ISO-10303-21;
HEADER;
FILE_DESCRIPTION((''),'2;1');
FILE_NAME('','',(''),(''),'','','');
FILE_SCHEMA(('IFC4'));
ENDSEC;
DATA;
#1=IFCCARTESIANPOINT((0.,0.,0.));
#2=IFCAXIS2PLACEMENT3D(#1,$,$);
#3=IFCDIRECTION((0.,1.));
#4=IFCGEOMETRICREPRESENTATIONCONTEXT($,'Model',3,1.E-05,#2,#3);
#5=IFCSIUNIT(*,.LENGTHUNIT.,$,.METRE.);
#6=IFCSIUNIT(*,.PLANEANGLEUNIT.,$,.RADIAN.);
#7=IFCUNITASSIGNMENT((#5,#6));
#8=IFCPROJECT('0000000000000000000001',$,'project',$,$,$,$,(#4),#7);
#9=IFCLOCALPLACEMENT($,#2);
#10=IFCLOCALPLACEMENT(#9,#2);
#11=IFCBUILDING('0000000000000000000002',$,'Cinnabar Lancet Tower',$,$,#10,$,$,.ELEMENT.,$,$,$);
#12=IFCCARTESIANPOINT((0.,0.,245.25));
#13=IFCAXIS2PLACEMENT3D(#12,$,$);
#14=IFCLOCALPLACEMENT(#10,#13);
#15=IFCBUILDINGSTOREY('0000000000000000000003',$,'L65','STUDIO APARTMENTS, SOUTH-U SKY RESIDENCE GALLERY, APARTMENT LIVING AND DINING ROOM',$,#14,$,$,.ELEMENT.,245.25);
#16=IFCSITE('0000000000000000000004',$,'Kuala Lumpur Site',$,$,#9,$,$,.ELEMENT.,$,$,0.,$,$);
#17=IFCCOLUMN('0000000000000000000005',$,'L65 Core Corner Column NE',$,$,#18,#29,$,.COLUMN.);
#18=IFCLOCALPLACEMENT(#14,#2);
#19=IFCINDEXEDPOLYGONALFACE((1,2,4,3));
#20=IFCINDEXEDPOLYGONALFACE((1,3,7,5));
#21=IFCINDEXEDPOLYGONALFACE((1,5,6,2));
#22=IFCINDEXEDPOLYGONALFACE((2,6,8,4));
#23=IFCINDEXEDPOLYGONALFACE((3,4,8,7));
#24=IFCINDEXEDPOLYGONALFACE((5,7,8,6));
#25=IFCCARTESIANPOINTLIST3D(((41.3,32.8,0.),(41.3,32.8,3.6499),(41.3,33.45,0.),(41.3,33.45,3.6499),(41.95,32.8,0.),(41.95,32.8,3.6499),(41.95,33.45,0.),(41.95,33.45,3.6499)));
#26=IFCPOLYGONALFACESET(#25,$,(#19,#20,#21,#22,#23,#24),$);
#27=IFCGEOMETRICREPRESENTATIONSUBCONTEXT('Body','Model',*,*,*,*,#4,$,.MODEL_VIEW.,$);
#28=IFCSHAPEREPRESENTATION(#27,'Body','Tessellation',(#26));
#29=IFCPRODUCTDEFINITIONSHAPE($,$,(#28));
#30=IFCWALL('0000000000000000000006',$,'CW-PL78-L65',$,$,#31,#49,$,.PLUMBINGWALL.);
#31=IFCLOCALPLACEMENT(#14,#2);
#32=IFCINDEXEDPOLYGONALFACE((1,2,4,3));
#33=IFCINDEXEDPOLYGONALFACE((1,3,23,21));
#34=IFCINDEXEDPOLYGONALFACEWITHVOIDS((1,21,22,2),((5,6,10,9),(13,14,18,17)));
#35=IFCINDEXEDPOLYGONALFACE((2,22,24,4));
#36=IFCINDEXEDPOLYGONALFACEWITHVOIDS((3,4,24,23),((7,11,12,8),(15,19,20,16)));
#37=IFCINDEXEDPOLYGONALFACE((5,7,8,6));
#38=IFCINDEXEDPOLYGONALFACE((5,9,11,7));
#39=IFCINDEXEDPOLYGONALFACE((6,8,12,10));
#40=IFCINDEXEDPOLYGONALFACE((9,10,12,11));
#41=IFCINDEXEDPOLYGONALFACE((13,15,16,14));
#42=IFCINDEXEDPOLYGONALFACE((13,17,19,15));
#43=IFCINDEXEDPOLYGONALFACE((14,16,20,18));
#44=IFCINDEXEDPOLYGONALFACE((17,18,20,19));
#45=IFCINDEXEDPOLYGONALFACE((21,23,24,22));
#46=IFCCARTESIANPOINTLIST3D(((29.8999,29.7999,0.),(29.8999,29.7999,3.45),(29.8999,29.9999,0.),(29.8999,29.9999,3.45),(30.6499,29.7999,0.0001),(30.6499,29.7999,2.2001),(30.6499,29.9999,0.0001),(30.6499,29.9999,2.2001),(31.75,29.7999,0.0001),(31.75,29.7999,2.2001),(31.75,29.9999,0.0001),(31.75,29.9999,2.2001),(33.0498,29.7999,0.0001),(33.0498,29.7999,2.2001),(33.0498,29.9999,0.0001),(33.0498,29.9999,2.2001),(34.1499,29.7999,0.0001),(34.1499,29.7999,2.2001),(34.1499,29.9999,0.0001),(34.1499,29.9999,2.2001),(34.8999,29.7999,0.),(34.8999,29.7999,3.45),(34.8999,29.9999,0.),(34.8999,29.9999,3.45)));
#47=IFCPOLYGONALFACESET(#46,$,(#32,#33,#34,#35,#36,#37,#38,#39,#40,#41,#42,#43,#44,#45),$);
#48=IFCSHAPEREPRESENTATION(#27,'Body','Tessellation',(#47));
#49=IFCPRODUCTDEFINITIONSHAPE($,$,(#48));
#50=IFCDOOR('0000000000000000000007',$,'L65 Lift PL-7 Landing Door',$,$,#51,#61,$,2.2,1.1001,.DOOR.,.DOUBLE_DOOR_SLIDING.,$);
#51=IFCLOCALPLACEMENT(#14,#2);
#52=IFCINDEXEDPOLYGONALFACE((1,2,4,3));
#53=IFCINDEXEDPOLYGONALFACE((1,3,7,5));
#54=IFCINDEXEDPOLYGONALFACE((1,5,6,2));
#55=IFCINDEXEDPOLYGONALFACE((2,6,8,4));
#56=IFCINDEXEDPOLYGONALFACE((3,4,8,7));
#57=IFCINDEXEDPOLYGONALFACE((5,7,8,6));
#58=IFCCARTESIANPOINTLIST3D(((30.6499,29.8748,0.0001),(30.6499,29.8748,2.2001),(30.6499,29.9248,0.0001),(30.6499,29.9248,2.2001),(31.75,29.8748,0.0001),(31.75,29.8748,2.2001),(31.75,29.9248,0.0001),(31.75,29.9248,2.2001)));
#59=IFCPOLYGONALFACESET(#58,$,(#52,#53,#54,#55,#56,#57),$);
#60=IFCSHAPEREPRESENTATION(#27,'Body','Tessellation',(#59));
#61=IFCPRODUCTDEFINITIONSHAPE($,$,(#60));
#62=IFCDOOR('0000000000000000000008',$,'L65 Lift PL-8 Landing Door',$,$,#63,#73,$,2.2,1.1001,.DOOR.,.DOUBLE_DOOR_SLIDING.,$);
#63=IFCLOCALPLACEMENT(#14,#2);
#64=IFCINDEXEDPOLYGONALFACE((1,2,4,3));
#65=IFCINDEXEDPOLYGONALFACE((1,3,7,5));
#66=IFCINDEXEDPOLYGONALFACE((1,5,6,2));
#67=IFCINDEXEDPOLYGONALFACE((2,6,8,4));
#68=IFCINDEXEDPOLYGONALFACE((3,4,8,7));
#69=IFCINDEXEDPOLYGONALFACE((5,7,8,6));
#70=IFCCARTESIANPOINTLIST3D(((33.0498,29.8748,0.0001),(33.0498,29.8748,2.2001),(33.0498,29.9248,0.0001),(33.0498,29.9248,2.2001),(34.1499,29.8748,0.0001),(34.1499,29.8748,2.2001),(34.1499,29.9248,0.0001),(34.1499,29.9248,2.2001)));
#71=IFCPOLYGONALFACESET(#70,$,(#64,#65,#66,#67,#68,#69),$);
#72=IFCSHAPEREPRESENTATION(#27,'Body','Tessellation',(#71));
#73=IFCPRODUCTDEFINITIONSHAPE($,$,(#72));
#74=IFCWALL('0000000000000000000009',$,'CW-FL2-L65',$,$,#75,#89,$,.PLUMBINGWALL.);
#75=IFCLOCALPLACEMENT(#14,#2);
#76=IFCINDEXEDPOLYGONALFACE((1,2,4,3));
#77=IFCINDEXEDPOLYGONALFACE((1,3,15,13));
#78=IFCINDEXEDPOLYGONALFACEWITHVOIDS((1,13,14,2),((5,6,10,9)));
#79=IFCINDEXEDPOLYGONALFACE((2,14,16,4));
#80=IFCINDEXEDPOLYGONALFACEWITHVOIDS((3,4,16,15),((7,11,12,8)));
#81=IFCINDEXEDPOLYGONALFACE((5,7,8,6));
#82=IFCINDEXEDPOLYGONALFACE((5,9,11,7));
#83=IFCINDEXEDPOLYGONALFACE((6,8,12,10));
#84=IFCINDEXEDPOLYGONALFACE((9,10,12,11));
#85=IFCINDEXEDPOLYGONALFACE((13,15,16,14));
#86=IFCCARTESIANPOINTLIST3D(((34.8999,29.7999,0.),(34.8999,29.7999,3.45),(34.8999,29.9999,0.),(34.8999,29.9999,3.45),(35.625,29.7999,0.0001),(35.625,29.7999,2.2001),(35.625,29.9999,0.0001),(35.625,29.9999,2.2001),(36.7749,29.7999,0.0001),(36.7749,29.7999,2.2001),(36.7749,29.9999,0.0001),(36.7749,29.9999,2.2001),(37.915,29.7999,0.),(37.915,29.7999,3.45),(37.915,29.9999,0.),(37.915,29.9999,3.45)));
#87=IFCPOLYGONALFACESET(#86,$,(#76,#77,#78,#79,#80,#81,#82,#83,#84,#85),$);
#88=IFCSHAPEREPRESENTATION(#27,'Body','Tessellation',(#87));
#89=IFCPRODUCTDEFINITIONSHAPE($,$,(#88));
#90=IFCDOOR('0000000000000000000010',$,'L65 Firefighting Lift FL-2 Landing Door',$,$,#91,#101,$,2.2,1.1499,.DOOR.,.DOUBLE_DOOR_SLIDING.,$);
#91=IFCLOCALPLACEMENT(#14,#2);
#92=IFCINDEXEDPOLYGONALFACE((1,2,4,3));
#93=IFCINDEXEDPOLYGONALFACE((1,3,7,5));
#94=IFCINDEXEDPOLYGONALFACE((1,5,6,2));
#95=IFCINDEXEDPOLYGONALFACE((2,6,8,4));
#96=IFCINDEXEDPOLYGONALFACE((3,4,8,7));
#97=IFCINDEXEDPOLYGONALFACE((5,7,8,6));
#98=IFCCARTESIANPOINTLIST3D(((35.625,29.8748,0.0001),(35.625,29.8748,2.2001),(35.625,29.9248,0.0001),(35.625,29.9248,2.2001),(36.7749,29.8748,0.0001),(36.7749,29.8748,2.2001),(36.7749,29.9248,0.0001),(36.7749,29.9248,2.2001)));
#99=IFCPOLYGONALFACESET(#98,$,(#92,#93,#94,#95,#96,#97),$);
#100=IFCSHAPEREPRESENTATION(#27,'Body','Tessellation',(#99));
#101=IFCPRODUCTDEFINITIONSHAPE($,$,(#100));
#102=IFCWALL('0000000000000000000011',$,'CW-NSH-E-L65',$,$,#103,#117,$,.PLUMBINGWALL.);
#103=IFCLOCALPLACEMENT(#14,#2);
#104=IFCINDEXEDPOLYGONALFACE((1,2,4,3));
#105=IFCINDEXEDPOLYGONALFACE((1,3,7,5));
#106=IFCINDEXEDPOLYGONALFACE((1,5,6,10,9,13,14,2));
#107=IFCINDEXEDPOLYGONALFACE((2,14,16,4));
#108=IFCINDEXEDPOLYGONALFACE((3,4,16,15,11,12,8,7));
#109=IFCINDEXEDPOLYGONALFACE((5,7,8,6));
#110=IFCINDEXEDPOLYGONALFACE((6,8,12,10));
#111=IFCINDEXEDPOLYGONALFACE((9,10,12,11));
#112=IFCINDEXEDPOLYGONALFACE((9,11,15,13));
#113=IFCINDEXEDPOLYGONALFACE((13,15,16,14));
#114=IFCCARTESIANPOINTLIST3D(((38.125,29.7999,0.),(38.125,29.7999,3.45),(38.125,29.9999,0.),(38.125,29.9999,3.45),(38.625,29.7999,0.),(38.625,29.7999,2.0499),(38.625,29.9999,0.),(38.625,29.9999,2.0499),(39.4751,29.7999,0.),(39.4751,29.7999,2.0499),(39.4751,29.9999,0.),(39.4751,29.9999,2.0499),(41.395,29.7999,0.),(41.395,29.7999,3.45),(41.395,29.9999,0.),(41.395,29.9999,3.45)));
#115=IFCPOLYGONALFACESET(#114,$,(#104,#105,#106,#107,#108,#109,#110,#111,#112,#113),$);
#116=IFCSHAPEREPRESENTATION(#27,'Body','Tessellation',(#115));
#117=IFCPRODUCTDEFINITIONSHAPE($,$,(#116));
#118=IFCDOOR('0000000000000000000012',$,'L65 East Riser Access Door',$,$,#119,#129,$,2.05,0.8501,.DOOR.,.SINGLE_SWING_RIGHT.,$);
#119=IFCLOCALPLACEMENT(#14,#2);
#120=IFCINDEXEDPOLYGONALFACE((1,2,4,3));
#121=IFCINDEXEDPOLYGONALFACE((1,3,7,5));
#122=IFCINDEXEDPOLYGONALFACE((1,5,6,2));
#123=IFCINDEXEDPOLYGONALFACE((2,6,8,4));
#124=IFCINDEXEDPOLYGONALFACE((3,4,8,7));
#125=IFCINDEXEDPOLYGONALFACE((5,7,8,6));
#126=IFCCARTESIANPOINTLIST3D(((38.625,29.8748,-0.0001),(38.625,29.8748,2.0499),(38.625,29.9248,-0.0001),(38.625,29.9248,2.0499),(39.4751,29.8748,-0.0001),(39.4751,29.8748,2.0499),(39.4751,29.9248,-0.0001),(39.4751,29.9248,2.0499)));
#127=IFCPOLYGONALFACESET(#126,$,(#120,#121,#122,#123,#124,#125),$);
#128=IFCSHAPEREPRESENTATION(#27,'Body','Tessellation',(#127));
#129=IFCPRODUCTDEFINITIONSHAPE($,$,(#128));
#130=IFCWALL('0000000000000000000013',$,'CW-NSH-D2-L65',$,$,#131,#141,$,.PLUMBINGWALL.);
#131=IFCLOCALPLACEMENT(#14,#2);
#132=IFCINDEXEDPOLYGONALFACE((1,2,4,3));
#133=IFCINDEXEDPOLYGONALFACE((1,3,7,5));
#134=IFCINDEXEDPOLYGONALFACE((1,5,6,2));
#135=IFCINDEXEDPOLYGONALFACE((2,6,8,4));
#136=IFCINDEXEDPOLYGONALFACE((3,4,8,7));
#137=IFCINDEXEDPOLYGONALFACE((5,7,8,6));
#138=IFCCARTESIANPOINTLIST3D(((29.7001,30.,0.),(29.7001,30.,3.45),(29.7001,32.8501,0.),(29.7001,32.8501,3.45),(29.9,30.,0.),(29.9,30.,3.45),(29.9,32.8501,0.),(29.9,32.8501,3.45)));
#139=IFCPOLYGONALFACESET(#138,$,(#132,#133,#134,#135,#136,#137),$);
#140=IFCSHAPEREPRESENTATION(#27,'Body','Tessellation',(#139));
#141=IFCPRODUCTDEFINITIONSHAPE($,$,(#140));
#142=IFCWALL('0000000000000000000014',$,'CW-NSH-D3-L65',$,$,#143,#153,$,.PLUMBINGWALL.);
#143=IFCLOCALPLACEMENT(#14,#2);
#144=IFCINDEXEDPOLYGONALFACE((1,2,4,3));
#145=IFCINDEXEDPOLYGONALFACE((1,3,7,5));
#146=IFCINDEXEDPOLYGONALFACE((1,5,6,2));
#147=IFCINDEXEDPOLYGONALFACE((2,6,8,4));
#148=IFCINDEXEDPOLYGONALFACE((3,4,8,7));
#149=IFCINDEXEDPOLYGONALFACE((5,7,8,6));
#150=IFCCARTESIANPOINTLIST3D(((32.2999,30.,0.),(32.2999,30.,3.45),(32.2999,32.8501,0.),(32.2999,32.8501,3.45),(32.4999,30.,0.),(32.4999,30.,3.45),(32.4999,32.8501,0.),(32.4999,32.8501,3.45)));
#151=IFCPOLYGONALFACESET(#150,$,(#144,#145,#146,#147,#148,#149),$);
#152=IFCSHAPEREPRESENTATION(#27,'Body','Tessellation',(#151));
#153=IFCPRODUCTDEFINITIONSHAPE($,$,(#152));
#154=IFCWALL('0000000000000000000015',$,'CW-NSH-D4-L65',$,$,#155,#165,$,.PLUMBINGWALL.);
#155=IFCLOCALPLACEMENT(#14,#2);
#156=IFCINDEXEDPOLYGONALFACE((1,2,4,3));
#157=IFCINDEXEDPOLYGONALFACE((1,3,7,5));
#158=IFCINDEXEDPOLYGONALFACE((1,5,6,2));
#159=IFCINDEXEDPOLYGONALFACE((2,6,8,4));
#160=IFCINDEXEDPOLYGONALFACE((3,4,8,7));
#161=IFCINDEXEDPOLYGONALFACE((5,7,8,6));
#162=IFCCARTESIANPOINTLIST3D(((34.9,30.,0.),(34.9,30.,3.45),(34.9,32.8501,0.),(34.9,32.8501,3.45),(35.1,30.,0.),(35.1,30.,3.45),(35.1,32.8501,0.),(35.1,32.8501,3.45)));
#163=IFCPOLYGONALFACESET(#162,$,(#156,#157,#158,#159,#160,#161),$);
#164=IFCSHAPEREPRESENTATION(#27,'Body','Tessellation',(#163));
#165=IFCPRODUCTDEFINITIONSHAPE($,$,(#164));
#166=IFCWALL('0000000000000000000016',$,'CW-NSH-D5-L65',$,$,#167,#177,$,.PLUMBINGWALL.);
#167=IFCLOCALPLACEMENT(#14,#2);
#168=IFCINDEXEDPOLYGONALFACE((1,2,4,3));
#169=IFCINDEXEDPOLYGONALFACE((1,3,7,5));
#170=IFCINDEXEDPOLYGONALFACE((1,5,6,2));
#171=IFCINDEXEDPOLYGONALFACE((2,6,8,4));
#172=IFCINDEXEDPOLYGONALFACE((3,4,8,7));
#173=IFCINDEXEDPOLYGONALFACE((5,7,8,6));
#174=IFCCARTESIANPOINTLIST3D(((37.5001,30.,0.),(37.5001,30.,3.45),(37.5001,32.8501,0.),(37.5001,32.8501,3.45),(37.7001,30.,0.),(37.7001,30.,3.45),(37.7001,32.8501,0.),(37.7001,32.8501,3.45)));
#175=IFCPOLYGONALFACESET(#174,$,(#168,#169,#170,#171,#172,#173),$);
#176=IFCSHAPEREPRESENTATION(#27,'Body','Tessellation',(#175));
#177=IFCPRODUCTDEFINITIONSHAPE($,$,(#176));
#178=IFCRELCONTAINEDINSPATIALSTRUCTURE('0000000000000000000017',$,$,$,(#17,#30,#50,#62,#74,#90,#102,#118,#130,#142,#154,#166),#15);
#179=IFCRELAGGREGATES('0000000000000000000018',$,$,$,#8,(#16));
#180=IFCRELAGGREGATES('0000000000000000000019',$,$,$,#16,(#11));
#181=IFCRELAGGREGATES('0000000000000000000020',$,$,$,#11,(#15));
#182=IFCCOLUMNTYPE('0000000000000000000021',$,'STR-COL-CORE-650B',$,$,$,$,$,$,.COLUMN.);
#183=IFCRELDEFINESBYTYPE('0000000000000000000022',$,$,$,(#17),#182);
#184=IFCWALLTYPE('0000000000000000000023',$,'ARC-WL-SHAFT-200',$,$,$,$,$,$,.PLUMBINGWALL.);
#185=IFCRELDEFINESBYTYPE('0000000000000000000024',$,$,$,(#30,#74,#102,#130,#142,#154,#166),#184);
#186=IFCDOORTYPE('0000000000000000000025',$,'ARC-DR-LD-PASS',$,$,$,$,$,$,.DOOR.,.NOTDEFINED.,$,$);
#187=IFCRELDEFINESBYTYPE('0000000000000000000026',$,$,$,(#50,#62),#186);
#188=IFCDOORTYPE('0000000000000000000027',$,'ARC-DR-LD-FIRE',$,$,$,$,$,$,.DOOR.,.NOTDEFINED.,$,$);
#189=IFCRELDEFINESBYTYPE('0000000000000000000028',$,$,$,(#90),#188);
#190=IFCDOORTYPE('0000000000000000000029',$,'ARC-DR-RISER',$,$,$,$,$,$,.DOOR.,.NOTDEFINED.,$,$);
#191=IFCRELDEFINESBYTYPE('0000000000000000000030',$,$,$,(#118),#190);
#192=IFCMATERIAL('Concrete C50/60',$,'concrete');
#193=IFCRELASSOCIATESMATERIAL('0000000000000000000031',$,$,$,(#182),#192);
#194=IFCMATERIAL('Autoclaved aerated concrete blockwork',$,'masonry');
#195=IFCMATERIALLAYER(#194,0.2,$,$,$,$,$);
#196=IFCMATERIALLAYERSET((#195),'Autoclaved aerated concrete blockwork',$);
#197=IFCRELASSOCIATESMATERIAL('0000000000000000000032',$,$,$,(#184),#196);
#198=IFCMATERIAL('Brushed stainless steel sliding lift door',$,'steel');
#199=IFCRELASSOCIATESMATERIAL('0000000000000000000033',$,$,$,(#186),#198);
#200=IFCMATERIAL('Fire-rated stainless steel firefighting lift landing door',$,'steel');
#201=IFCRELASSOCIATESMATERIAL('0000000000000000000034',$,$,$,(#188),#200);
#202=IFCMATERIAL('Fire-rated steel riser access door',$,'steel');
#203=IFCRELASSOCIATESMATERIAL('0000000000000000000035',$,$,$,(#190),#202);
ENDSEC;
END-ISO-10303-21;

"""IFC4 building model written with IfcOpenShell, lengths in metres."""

from ifc_helpers import new_model, si_unit, direction, frame, frame_2d, origin, origin_2d, place, context, subcontext, project, spatial, rectangle, extrude, material, layer, layer_set, material_profile, profile_set, type_object, element, fill, save


model = new_model("IFC4")

# Units and contexts
model_context = context("Model", 3, precision=1e-05, world=origin(), true_north=direction((0.0, 1.0)))
body_context = subcontext(model_context, "Body", "Model", "MODEL_VIEW")
ifc_project = project(units=[si_unit("LENGTHUNIT", "METRE"), si_unit("PLANEANGLEUNIT", "RADIAN")], contexts=[model_context])

# Site, building, storey
site_placement = place(None, origin())
site = spatial("IfcSite", under=ifc_project, at=site_placement, Name="Kuala Lumpur Site", CompositionType="ELEMENT", RefElevation=0.0)
building_placement = place(site_placement, origin())
building = spatial("IfcBuilding", under=site, at=building_placement, Name="Cinnabar Lancet Tower", CompositionType="ELEMENT")
storey_placement = place(building_placement, frame((0.0, 0.0, 245.25)))
storey = spatial("IfcBuildingStorey", under=building, at=storey_placement, Name="L65", Description="STUDIO APARTMENTS, SOUTH-U SKY RESIDENCE GALLERY, APARTMENT LIVING AND DINING ROOM", CompositionType="ELEMENT", Elevation=245.25)

# Column
ifc_material_1 = material(Name="Concrete C50/60", Category="concrete")
ifc_material_profile = material_profile(ifc_material_1, rectangle(XDim=0.6499, YDim=0.6499, at=origin_2d()), Name="RC-COL 650x650")
ifc_profile_set = profile_set([ifc_material_profile], Name="Concrete C50/60")
column_type = type_object("IfcColumnType", Name="STR-COL-CORE-650B", PredefinedType="COLUMN", material=ifc_profile_set)
column_placement = place(storey_placement, frame((41.625, 33.125, 0.0), z_axis=(0.0, 0.0, 1.0), x_axis=(1.0, 0.0, 0.0)))
element("IfcColumn", 1, at=column_placement, inside=storey, type_object=column_type, Name="L65 Core Corner Column NE", PredefinedType="COLUMN", context=body_context, shape_type="SweptSolid", body=[
    extrude(rectangle(XDim=0.6499, YDim=0.6499, at=origin_2d()), origin(), (0.0, 0.0, 1.0), 3.6499),
])

# Wall, openings, doors
ifc_material_2 = material(Name="Autoclaved aerated concrete blockwork", Category="masonry")
ifc_layer_1 = layer(ifc_material_2, 0.2)
ifc_layer_set_1 = layer_set([ifc_layer_1], Name="Autoclaved aerated concrete blockwork")
wall_type_1 = type_object("IfcWallType", Name="ARC-WL-SHAFT-200", PredefinedType="PLUMBINGWALL", material=ifc_layer_set_1)
wall_1_placement = place(storey_placement, frame((29.8999, 29.8999, 0.0), z_axis=(0.0, 0.0, 1.0), x_axis=(1.0, 0.0, 0.0)))
wall_1 = element("IfcWall", 2, at=wall_1_placement, inside=storey, type_object=wall_type_1, Name="CW-PL78-L65", PredefinedType="PLUMBINGWALL", context=body_context, shape_type="SweptSolid", body=[
    extrude(rectangle(XDim=5.0, YDim=0.2, at=frame_2d((2.5, 0.0))), origin(), (0.0, 0.0, 1.0), 3.45),
])
opening_1_placement = place(wall_1_placement, frame((0.75, 0.0, 0.0)))
opening_1 = element("IfcOpeningElement", 3, at=opening_1_placement, cuts=wall_1, PredefinedType="OPENING", context=body_context, shape_type="SweptSolid", body=[
    extrude(rectangle(XDim=1.1001, YDim=2.2, at=frame_2d((0.55, 1.1001))), frame((0.0, 0.1099, 0.0), z_axis=(0.0, -1.0, 0.0), x_axis=(1.0, 0.0, 0.0)), (0.0, 0.0, 1.0), 0.22),
])
opening_2_placement = place(wall_1_placement, frame((3.1499, 0.0, 0.0)))
opening_2 = element("IfcOpeningElement", 4, at=opening_2_placement, cuts=wall_1, PredefinedType="OPENING", context=body_context, shape_type="SweptSolid", body=[
    extrude(rectangle(XDim=1.1001, YDim=2.2, at=frame_2d((0.55, 1.1001))), frame((0.0, 0.1099, 0.0), z_axis=(0.0, -1.0, 0.0), x_axis=(1.0, 0.0, 0.0)), (0.0, 0.0, 1.0), 0.22),
])
ifc_material_3 = material(Name="Brushed stainless steel sliding lift door", Category="steel")
door_type_1 = type_object("IfcDoorType", Name="ARC-DR-LD-PASS", OperationType="NOTDEFINED", PredefinedType="DOOR", material=ifc_material_3)
door_1_placement = place(opening_1_placement, origin())
door_1 = element("IfcDoor", 5, at=door_1_placement, inside=storey, type_object=door_type_1, Name="L65 Lift PL-7 Landing Door", OperationType="DOUBLE_DOOR_SLIDING", OverallHeight=2.2, OverallWidth=1.1001, PredefinedType="DOOR", context=body_context, shape_type="SweptSolid", body=[
    extrude(rectangle(XDim=1.1001, YDim=2.2, at=frame_2d((0.55, 1.1001))), frame((0.0, 0.0249, 0.0), z_axis=(0.0, -1.0, 0.0), x_axis=(1.0, 0.0, 0.0)), (0.0, 0.0, 1.0), 0.05),
])
fill(opening_1, door_1)
door_2_placement = place(opening_2_placement, origin())
door_2 = element("IfcDoor", 6, at=door_2_placement, inside=storey, type_object=door_type_1, Name="L65 Lift PL-8 Landing Door", OperationType="DOUBLE_DOOR_SLIDING", OverallHeight=2.2, OverallWidth=1.1001, PredefinedType="DOOR", context=body_context, shape_type="SweptSolid", body=[
    extrude(rectangle(XDim=1.1001, YDim=2.2, at=frame_2d((0.55, 1.1001))), frame((0.0, 0.0249, 0.0), z_axis=(0.0, -1.0, 0.0), x_axis=(1.0, 0.0, 0.0)), (0.0, 0.0, 1.0), 0.05),
])
fill(opening_2, door_2)

# Walls, openings, doors
wall_2_placement = place(storey_placement, frame((34.8999, 29.8999, 0.0), z_axis=(0.0, 0.0, 1.0), x_axis=(1.0, 0.0, 0.0)))
wall_2 = element("IfcWall", 7, at=wall_2_placement, inside=storey, type_object=wall_type_1, Name="CW-FL2-L65", PredefinedType="PLUMBINGWALL", context=body_context, shape_type="SweptSolid", body=[
    extrude(rectangle(XDim=3.0151, YDim=0.2, at=frame_2d((1.5076, 0.0))), origin(), (0.0, 0.0, 1.0), 3.45),
])
opening_3_placement = place(wall_2_placement, frame((0.7251, 0.0, 0.0)))
opening_3 = element("IfcOpeningElement", 8, at=opening_3_placement, cuts=wall_2, PredefinedType="OPENING", context=body_context, shape_type="SweptSolid", body=[
    extrude(rectangle(XDim=1.1499, YDim=2.2, at=frame_2d((0.575, 1.1001))), frame((0.0, 0.1099, 0.0), z_axis=(0.0, -1.0, 0.0), x_axis=(1.0, 0.0, 0.0)), (0.0, 0.0, 1.0), 0.22),
])
ifc_material_4 = material(Name="Fire-rated stainless steel firefighting lift landing door", Category="steel")
door_type_2 = type_object("IfcDoorType", Name="ARC-DR-LD-FIRE", OperationType="NOTDEFINED", PredefinedType="DOOR", material=ifc_material_4)
door_3_placement = place(opening_3_placement, origin())
door_3 = element("IfcDoor", 9, at=door_3_placement, inside=storey, type_object=door_type_2, Name="L65 Firefighting Lift FL-2 Landing Door", OperationType="DOUBLE_DOOR_SLIDING", OverallHeight=2.2, OverallWidth=1.1499, PredefinedType="DOOR", context=body_context, shape_type="SweptSolid", body=[
    extrude(rectangle(XDim=1.1499, YDim=2.2, at=frame_2d((0.575, 1.1001))), frame((0.0, 0.0249, 0.0), z_axis=(0.0, -1.0, 0.0), x_axis=(1.0, 0.0, 0.0)), (0.0, 0.0, 1.0), 0.05),
])
fill(opening_3, door_3)
wall_3_placement = place(storey_placement, frame((38.125, 29.8999, 0.0), z_axis=(0.0, 0.0, 1.0), x_axis=(1.0, 0.0, 0.0)))
wall_3 = element("IfcWall", 10, at=wall_3_placement, inside=storey, type_object=wall_type_1, Name="CW-NSH-E-L65", PredefinedType="PLUMBINGWALL", context=body_context, shape_type="SweptSolid", body=[
    extrude(rectangle(XDim=3.27, YDim=0.2, at=frame_2d((1.635, 0.0))), origin(), (0.0, 0.0, 1.0), 3.45),
])
opening_4_placement = place(wall_3_placement, frame((0.5, 0.0, 0.0)))
opening_4 = element("IfcOpeningElement", 11, at=opening_4_placement, cuts=wall_3, PredefinedType="OPENING", context=body_context, shape_type="SweptSolid", body=[
    extrude(rectangle(XDim=0.8501, YDim=2.05, at=frame_2d((0.425, 1.0249))), frame((0.0, 0.1099, 0.0), z_axis=(0.0, -1.0, 0.0), x_axis=(1.0, 0.0, 0.0)), (0.0, 0.0, 1.0), 0.22),
])
ifc_material_5 = material(Name="Fire-rated steel riser access door", Category="steel")
door_type_3 = type_object("IfcDoorType", Name="ARC-DR-RISER", OperationType="NOTDEFINED", PredefinedType="DOOR", material=ifc_material_5)
door_4_placement = place(opening_4_placement, origin())
door_4 = element("IfcDoor", 12, at=door_4_placement, inside=storey, type_object=door_type_3, Name="L65 East Riser Access Door", OperationType="SINGLE_SWING_RIGHT", OverallHeight=2.05, OverallWidth=0.8501, PredefinedType="DOOR", context=body_context, shape_type="SweptSolid", body=[
    extrude(rectangle(XDim=0.8501, YDim=2.05, at=frame_2d((0.425, 1.0249))), frame((0.0, 0.0249, 0.0), z_axis=(0.0, -1.0, 0.0), x_axis=(1.0, 0.0, 0.0)), (0.0, 0.0, 1.0), 0.05),
])
fill(opening_4, door_4)

# Walls
for number, where, z_axis, x_axis, name in (
    (13, (29.8, 30.0, 0.0), (0.0, 0.0, 1.0), (0.0, 1.0, 0.0), "CW-NSH-D2-L65"),
    (14, (32.3999, 30.0, 0.0), (0.0, 0.0, 1.0), (0.0, 1.0, 0.0), "CW-NSH-D3-L65"),
    (15, (35.0, 30.0, 0.0), (0.0, 0.0, 1.0), (0.0, 1.0, 0.0), "CW-NSH-D4-L65"),
    (16, (37.6001, 30.0, 0.0), (0.0, 0.0, 1.0), (0.0, 1.0, 0.0), "CW-NSH-D5-L65"),
):
    element("IfcWall", number, at=place(storey_placement, frame(where, z_axis=z_axis, x_axis=x_axis)), inside=storey, type_object=wall_type_1, Name=name, PredefinedType="PLUMBINGWALL", context=body_context, shape_type="SweptSolid", body=[
        extrude(rectangle(XDim=2.8501, YDim=0.2, at=frame_2d((1.425, 0.0))), origin(), (0.0, 0.0, 1.0), 3.45),
    ])

save(model, "model.ifc")
